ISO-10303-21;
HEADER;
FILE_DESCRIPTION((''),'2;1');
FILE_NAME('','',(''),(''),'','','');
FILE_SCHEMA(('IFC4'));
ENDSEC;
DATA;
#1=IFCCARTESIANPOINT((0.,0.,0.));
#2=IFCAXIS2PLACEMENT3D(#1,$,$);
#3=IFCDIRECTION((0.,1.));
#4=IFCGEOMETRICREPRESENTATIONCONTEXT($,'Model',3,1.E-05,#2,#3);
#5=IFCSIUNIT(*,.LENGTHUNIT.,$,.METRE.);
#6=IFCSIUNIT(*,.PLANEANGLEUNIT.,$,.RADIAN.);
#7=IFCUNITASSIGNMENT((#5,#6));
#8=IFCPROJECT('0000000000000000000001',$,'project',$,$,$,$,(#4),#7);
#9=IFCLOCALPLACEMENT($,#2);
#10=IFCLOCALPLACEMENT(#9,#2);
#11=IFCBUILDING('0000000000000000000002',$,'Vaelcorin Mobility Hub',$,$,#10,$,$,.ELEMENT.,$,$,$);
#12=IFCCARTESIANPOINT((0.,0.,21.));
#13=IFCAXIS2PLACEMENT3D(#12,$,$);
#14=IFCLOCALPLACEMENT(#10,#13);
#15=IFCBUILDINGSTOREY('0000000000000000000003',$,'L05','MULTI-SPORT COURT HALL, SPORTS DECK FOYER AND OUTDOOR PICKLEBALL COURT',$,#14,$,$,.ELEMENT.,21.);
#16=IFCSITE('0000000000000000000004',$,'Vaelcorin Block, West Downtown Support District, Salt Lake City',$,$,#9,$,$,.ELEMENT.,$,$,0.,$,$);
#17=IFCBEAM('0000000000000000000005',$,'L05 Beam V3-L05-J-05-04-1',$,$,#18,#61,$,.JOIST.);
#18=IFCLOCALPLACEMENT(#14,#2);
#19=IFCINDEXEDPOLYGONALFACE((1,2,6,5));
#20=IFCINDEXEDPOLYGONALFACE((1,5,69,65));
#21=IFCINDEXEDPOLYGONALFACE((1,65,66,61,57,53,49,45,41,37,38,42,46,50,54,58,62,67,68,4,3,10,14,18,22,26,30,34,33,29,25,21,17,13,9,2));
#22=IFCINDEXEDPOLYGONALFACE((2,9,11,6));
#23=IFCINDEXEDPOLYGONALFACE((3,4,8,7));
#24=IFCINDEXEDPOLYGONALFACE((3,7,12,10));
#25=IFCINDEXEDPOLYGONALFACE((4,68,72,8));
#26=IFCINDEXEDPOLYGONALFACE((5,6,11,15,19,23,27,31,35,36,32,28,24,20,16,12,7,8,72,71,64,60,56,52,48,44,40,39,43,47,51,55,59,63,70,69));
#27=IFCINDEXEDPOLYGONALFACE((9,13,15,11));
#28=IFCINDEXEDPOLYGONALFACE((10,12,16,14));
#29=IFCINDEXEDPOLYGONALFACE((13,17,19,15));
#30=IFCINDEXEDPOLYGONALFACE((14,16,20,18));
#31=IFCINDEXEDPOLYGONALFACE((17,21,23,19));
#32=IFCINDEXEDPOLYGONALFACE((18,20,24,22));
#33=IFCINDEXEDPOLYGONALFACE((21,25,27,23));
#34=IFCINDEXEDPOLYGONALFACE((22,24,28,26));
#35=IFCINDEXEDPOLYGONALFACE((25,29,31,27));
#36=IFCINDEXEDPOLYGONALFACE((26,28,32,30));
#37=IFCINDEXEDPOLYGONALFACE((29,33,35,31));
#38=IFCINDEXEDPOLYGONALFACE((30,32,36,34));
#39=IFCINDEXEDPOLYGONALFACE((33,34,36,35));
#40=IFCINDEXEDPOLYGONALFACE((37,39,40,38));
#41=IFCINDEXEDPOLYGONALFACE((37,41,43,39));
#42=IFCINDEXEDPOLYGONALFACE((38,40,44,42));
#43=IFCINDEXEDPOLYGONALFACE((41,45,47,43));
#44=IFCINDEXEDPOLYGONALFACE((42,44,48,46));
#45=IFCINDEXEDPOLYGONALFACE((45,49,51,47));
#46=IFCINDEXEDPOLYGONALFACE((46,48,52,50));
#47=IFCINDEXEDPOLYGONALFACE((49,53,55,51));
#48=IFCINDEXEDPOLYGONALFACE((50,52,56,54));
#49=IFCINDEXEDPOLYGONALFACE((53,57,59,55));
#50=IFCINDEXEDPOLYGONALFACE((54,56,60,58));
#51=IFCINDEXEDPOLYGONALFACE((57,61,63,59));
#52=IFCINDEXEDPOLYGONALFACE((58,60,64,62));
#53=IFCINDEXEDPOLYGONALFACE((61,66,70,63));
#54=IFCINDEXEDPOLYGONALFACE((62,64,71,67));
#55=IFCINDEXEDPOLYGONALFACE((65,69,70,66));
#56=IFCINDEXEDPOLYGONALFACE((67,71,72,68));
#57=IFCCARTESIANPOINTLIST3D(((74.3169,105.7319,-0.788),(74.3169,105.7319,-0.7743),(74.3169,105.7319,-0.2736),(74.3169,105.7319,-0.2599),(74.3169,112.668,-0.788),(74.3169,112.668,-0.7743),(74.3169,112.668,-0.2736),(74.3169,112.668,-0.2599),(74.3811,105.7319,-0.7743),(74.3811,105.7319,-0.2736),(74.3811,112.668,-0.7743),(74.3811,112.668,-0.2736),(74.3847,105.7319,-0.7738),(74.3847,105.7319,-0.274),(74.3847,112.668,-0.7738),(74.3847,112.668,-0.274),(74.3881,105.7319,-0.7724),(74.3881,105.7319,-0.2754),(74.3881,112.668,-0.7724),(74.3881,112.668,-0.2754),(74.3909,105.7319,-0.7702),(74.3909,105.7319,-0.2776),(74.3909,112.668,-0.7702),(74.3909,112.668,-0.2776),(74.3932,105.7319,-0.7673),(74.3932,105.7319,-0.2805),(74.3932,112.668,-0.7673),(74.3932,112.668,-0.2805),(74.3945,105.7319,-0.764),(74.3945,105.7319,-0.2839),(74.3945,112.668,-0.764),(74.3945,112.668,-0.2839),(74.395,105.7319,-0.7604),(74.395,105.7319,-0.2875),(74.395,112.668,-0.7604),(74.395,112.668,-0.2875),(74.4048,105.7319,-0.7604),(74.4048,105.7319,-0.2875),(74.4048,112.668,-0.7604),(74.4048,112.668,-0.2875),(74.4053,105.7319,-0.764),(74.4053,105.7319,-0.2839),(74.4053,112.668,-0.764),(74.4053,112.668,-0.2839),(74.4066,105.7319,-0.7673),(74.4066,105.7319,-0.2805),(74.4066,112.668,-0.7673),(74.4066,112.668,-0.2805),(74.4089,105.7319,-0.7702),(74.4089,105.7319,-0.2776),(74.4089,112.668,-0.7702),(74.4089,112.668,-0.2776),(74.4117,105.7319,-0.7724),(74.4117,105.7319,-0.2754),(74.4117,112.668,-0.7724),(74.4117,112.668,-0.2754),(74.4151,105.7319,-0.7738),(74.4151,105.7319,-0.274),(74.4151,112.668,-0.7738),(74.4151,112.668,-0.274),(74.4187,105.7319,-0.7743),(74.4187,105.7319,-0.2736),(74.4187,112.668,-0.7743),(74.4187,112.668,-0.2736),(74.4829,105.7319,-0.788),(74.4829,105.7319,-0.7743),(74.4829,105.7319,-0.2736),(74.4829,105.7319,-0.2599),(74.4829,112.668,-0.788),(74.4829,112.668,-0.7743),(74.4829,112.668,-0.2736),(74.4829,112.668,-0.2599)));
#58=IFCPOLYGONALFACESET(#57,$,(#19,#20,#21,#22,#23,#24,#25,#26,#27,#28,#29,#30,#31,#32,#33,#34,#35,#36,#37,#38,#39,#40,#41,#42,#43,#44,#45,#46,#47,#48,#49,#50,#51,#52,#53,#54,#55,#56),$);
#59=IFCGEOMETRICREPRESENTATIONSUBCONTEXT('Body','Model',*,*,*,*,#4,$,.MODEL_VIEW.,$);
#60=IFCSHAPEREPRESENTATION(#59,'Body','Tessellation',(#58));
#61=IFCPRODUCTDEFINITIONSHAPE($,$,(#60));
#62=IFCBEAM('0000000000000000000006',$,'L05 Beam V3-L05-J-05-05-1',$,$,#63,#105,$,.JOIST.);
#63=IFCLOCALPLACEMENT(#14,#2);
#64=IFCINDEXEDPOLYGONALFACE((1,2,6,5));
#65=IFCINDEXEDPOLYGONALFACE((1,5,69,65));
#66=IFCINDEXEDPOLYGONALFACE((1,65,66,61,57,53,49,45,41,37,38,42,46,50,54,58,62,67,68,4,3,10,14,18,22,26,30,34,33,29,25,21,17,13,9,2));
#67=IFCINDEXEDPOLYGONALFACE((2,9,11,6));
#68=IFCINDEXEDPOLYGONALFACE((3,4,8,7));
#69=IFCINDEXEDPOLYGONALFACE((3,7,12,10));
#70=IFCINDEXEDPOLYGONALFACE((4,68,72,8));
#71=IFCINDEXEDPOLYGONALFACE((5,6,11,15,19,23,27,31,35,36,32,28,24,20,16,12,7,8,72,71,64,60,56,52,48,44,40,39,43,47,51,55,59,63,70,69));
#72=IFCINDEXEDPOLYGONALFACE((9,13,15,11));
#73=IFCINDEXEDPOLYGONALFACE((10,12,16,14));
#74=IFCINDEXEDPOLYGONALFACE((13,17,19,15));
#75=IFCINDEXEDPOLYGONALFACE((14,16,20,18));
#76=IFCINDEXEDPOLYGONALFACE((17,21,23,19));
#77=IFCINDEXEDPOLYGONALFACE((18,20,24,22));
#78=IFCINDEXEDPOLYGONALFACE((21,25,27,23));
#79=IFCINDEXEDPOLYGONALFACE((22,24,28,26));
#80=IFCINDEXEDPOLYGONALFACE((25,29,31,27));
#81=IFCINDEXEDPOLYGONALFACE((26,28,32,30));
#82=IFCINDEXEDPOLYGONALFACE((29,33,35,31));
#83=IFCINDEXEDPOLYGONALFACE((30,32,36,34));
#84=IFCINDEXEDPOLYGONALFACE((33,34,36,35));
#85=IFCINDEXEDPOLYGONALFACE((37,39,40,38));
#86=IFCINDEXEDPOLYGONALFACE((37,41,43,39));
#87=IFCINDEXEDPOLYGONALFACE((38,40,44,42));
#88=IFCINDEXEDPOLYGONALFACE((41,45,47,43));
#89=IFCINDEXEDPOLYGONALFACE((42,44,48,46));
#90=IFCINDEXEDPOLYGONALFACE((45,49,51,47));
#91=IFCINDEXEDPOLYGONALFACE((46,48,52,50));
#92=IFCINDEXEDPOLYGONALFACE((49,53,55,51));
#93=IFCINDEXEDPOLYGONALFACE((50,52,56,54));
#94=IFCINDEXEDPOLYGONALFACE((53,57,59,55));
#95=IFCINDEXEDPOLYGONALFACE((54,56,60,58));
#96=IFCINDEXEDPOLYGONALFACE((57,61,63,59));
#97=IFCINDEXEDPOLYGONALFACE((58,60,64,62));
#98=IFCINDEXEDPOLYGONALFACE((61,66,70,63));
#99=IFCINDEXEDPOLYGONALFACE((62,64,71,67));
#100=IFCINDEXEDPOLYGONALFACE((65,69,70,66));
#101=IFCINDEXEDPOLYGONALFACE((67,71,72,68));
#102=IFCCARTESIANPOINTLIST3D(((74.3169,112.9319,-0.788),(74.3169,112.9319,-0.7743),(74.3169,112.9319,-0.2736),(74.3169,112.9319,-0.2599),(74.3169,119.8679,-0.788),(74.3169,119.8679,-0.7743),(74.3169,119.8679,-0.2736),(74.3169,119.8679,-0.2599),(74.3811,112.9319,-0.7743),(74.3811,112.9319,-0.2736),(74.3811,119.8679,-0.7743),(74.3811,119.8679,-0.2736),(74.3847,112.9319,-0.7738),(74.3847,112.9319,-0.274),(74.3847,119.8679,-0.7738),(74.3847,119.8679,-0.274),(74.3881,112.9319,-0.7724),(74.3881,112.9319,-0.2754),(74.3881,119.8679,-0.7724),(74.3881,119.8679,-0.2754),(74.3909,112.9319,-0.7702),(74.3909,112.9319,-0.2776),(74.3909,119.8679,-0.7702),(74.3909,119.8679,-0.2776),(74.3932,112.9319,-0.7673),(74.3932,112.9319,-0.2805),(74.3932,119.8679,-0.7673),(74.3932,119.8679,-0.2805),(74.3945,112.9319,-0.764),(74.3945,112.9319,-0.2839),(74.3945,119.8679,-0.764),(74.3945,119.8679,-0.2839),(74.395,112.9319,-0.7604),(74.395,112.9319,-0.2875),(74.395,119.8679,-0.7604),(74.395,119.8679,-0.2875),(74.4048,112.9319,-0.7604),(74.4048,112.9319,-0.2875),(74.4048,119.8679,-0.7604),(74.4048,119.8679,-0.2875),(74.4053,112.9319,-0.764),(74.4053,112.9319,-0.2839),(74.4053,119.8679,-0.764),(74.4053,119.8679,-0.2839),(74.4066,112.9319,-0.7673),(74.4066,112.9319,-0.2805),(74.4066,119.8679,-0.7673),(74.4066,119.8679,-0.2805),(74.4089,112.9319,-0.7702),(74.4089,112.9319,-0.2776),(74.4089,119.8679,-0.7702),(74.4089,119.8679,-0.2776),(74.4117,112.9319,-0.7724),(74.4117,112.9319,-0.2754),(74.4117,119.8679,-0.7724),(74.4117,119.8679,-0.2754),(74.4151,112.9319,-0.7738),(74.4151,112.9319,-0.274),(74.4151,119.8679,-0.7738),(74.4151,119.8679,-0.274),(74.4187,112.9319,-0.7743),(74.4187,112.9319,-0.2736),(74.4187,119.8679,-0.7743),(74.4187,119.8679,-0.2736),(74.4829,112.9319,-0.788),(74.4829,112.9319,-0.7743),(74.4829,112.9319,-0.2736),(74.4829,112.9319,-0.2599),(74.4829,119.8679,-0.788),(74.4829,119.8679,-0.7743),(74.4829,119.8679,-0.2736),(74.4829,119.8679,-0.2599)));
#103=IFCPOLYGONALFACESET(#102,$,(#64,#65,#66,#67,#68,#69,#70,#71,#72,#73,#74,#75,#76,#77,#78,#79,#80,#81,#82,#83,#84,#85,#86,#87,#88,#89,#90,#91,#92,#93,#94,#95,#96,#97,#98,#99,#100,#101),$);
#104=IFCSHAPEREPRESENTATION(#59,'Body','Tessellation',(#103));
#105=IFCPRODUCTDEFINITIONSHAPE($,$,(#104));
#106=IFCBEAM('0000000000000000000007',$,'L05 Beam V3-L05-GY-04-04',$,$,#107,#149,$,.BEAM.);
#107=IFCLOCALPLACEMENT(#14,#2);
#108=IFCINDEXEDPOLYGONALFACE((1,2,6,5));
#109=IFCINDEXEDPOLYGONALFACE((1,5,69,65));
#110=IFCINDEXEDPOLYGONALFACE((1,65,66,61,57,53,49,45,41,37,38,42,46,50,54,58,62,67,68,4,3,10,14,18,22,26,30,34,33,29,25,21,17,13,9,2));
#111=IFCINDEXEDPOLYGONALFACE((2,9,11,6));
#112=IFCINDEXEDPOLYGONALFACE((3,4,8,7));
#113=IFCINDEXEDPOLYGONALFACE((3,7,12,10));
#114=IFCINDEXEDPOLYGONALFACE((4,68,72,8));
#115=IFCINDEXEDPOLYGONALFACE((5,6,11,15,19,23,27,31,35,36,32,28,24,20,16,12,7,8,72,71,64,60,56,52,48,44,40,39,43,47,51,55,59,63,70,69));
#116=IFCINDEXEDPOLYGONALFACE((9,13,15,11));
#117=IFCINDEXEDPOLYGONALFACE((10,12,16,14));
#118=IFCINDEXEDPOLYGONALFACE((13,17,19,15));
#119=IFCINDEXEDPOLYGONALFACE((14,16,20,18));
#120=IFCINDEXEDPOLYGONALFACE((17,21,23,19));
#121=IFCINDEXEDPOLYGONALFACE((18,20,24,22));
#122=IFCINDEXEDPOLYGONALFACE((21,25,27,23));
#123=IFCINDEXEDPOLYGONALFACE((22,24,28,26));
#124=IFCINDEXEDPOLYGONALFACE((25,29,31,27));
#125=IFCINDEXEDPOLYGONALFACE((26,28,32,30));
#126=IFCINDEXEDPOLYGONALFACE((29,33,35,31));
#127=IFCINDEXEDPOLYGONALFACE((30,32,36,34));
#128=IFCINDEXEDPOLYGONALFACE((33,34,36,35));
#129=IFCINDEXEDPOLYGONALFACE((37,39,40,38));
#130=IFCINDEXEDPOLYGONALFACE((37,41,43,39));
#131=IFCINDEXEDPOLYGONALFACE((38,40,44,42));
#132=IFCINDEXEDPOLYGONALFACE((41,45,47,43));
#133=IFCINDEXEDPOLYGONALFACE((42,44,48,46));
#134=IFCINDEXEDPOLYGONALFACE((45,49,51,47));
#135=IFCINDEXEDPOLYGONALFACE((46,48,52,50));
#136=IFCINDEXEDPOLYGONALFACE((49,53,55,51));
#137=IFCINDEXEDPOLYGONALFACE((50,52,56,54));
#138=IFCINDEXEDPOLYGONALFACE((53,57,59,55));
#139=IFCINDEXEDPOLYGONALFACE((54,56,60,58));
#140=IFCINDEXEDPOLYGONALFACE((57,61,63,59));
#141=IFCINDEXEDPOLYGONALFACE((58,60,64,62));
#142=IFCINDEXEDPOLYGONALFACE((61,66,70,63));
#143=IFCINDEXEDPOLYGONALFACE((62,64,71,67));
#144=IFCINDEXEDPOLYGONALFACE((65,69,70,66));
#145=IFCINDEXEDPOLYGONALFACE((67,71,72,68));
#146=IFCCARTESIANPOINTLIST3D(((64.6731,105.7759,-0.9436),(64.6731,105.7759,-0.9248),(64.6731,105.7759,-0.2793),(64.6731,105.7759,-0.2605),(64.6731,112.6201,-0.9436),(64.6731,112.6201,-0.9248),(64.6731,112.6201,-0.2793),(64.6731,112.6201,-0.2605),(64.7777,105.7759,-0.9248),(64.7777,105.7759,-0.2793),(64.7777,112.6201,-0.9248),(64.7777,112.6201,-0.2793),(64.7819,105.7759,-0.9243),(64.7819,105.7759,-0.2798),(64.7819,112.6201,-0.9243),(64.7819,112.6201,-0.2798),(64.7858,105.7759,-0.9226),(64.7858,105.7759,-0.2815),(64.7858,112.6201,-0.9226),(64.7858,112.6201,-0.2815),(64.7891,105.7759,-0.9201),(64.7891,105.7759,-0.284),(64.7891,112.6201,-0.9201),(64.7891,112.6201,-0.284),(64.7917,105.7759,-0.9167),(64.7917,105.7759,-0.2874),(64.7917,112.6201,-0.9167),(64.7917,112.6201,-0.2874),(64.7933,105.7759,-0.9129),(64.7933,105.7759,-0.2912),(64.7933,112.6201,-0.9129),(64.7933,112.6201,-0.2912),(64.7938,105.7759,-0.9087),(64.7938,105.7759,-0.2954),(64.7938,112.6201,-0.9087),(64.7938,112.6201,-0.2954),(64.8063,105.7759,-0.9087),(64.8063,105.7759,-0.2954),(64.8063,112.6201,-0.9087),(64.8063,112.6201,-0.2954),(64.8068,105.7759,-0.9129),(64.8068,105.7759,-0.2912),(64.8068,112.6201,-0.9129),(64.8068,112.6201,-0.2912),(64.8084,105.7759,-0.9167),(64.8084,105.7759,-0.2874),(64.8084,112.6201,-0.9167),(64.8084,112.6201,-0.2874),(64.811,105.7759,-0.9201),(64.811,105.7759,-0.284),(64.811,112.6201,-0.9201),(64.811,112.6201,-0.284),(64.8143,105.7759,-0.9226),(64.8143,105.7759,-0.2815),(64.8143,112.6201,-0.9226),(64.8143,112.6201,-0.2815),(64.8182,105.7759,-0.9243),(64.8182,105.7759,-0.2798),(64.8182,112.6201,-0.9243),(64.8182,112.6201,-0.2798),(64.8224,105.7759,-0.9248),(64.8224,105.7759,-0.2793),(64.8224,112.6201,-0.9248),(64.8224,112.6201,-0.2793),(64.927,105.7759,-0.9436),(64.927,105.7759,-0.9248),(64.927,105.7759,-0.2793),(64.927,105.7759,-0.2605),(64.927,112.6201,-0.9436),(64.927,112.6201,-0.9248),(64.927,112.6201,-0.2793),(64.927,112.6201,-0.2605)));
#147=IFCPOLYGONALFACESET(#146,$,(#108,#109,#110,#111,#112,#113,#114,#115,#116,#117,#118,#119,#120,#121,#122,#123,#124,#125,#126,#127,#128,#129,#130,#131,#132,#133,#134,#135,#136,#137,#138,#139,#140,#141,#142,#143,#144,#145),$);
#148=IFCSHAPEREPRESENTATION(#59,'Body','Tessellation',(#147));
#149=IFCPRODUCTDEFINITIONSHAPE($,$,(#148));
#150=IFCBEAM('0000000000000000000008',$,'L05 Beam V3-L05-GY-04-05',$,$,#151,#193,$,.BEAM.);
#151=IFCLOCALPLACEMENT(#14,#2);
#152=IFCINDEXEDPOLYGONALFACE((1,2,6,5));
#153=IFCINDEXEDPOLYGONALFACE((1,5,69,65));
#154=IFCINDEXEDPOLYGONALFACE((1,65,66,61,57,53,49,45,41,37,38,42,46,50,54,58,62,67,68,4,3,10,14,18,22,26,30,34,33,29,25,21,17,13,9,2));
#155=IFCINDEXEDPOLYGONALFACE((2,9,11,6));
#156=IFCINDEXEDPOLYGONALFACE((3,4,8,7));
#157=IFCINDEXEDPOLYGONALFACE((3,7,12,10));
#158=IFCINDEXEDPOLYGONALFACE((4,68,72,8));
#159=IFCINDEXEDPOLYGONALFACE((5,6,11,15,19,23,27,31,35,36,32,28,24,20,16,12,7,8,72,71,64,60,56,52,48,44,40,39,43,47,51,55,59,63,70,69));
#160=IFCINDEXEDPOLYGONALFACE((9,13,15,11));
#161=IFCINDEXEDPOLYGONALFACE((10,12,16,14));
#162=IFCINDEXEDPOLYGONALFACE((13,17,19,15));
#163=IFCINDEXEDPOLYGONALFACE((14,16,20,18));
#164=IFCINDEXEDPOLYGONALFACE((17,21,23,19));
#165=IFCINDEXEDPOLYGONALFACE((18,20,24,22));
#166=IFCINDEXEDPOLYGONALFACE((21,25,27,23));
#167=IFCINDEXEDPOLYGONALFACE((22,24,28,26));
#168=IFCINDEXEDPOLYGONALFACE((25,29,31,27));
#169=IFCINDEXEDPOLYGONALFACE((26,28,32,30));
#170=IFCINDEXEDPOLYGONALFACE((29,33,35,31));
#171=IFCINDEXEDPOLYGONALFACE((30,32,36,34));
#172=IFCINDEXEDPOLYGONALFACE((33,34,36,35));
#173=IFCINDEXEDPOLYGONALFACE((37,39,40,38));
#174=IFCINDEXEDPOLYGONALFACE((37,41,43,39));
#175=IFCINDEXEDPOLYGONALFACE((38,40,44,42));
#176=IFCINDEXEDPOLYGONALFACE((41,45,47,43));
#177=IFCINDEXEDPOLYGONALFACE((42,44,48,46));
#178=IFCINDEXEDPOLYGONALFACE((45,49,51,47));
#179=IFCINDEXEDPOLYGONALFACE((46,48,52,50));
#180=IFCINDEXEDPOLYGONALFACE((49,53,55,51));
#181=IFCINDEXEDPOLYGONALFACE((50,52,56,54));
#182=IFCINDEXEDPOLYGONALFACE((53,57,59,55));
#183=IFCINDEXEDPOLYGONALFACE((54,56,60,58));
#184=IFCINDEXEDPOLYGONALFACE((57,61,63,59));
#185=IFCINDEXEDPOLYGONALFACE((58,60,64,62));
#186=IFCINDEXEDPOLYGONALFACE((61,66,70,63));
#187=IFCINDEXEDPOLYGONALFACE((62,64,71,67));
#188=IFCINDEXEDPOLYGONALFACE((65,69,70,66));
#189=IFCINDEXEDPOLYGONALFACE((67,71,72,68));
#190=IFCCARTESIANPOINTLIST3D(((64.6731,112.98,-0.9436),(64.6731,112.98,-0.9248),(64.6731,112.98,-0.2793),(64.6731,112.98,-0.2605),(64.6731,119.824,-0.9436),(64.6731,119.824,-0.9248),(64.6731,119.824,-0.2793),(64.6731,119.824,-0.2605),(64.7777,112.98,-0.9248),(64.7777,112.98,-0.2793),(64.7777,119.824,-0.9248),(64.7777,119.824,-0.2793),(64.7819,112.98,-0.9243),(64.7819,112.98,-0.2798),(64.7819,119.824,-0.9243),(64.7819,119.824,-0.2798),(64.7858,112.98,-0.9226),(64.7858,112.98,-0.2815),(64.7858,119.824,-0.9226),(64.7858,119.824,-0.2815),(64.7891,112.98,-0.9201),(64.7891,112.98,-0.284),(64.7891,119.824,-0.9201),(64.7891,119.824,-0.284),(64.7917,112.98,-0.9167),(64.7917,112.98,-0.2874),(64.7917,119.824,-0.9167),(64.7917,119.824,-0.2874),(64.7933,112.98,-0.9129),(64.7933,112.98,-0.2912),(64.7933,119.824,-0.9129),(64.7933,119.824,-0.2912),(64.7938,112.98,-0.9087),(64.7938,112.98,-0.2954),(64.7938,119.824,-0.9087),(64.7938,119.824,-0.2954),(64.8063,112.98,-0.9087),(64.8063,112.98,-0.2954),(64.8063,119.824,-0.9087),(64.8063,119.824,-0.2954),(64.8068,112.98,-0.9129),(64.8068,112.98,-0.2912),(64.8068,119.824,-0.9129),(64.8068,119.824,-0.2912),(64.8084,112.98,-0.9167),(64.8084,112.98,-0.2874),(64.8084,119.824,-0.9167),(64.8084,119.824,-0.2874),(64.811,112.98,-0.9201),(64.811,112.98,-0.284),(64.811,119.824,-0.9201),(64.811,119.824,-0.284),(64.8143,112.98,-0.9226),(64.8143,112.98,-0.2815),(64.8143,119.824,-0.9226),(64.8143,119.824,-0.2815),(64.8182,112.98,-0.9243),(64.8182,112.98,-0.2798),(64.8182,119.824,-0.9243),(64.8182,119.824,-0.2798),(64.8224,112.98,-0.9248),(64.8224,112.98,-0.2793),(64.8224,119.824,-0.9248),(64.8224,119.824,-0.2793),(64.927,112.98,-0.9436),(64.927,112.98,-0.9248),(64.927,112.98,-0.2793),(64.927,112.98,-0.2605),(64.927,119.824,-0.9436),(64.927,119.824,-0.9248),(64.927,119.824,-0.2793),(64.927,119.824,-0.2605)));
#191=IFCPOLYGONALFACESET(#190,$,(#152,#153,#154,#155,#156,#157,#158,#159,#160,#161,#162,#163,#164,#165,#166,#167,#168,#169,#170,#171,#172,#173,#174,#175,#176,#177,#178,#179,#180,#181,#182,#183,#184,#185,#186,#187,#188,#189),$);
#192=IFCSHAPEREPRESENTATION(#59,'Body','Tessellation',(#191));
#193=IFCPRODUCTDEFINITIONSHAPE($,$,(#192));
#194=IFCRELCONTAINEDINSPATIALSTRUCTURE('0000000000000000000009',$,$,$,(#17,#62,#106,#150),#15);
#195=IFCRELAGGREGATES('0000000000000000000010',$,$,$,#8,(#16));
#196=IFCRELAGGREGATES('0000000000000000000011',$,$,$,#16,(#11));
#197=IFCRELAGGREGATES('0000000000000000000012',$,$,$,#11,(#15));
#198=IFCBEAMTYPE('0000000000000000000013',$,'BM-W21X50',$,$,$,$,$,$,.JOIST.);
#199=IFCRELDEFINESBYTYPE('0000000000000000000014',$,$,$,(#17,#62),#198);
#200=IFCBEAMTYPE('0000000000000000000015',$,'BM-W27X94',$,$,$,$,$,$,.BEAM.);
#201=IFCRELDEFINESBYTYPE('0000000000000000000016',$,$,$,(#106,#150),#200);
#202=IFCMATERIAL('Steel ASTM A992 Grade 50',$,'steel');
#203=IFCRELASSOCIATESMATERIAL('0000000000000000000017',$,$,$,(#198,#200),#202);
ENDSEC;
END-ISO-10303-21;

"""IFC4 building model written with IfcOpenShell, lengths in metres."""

from ifc_helpers import new_model, si_unit, direction, frame, origin, origin_2d, place, context, subcontext, project, spatial, i_section, extrude, material, material_profile, profile_set, type_object, element, save


model = new_model("IFC4")

# Units and contexts
model_context = context("Model", 3, precision=1e-05, world=origin(), true_north=direction((0.0, 1.0)))
body_context = subcontext(model_context, "Body", "Model", "MODEL_VIEW")
ifc_project = project(units=[si_unit("LENGTHUNIT", "METRE"), si_unit("PLANEANGLEUNIT", "RADIAN")], contexts=[model_context])

# Site, building, storey
site_placement = place(None, origin())
site = spatial("IfcSite", under=ifc_project, at=site_placement, Name="Vaelcorin Block, West Downtown Support District, Salt Lake City", CompositionType="ELEMENT", RefElevation=0.0)
building_placement = place(site_placement, origin())
building = spatial("IfcBuilding", under=site, at=building_placement, Name="Vaelcorin Mobility Hub", CompositionType="ELEMENT")
storey_placement = place(building_placement, frame((0.0, 0.0, 21.0)))
storey = spatial("IfcBuildingStorey", under=building, at=storey_placement, Name="L05", Description="MULTI-SPORT COURT HALL, SPORTS DECK FOYER AND OUTDOOR PICKLEBALL COURT", CompositionType="ELEMENT", Elevation=21.0)

# Shared definitions
ifc_material_1 = material(Name="Steel ASTM A992 Grade 50", Category="steel")

# Beams
ifc_material_profile_1 = material_profile(ifc_material_1, i_section(OverallWidth=0.166, OverallDepth=0.5281, WebThickness=0.0098, FlangeThickness=0.0137, FilletRadius=0.0139, at=origin_2d()), Name="W21X50")
ifc_profile_set_1 = profile_set([ifc_material_profile_1], Name="Steel ASTM A992 Grade 50")
beam_type_1 = type_object("IfcBeamType", Name="BM-W21X50", PredefinedType="JOIST", material=ifc_profile_set_1)
for number, where, z_axis, x_axis, name in (
    (1, (74.3999, 105.7319, -0.5239), (0.0, 1.0, 0.0), (-1.0, 0.0, 0.0), "L05 Beam V3-L05-J-05-04-1"),
    (2, (74.3999, 112.9319, -0.5239), (0.0, 1.0, 0.0), (-1.0, 0.0, 0.0), "L05 Beam V3-L05-J-05-05-1"),
):
    element("IfcBeam", number, at=place(storey_placement, frame(where, z_axis=z_axis, x_axis=x_axis)), inside=storey, type_object=beam_type_1, Name=name, PredefinedType="JOIST", context=body_context, shape_type="SweptSolid", body=[
        extrude(i_section(OverallWidth=0.166, OverallDepth=0.5281, WebThickness=0.0098, FlangeThickness=0.0137, FilletRadius=0.0139, at=origin_2d()), origin(), (0.0, 0.0, 1.0), 6.936),
    ])
ifc_material_profile_2 = material_profile(ifc_material_1, i_section(OverallWidth=0.2539, OverallDepth=0.6831, WebThickness=0.0125, FlangeThickness=0.0188, FilletRadius=0.0161, at=origin_2d()), Name="W27X94")
ifc_profile_set_2 = profile_set([ifc_material_profile_2], Name="Steel ASTM A992 Grade 50")
beam_type_2 = type_object("IfcBeamType", Name="BM-W27X94", PredefinedType="BEAM", material=ifc_profile_set_2)
beam_1_placement = place(storey_placement, frame((64.8, 105.7759, -0.6021), z_axis=(0.0, 1.0, 0.0), x_axis=(-1.0, 0.0, 0.0)))
element("IfcBeam", 3, at=beam_1_placement, inside=storey, type_object=beam_type_2, Name="L05 Beam V3-L05-GY-04-04", PredefinedType="BEAM", context=body_context, shape_type="SweptSolid", body=[
    extrude(i_section(OverallWidth=0.2539, OverallDepth=0.6831, WebThickness=0.0125, FlangeThickness=0.0188, FilletRadius=0.0161, at=origin_2d()), origin(), (0.0, 0.0, 1.0), 6.8442),
])
beam_2_placement = place(storey_placement, frame((64.8, 112.98, -0.6021), z_axis=(0.0, 1.0, 0.0), x_axis=(-1.0, 0.0, 0.0)))
element("IfcBeam", 4, at=beam_2_placement, inside=storey, type_object=beam_type_2, Name="L05 Beam V3-L05-GY-04-05", PredefinedType="BEAM", context=body_context, shape_type="SweptSolid", body=[
    extrude(i_section(OverallWidth=0.2539, OverallDepth=0.6831, WebThickness=0.0125, FlangeThickness=0.0188, FilletRadius=0.0161, at=origin_2d()), origin(), (0.0, 0.0, 1.0), 6.844),
])

save(model, "model.ifc")
